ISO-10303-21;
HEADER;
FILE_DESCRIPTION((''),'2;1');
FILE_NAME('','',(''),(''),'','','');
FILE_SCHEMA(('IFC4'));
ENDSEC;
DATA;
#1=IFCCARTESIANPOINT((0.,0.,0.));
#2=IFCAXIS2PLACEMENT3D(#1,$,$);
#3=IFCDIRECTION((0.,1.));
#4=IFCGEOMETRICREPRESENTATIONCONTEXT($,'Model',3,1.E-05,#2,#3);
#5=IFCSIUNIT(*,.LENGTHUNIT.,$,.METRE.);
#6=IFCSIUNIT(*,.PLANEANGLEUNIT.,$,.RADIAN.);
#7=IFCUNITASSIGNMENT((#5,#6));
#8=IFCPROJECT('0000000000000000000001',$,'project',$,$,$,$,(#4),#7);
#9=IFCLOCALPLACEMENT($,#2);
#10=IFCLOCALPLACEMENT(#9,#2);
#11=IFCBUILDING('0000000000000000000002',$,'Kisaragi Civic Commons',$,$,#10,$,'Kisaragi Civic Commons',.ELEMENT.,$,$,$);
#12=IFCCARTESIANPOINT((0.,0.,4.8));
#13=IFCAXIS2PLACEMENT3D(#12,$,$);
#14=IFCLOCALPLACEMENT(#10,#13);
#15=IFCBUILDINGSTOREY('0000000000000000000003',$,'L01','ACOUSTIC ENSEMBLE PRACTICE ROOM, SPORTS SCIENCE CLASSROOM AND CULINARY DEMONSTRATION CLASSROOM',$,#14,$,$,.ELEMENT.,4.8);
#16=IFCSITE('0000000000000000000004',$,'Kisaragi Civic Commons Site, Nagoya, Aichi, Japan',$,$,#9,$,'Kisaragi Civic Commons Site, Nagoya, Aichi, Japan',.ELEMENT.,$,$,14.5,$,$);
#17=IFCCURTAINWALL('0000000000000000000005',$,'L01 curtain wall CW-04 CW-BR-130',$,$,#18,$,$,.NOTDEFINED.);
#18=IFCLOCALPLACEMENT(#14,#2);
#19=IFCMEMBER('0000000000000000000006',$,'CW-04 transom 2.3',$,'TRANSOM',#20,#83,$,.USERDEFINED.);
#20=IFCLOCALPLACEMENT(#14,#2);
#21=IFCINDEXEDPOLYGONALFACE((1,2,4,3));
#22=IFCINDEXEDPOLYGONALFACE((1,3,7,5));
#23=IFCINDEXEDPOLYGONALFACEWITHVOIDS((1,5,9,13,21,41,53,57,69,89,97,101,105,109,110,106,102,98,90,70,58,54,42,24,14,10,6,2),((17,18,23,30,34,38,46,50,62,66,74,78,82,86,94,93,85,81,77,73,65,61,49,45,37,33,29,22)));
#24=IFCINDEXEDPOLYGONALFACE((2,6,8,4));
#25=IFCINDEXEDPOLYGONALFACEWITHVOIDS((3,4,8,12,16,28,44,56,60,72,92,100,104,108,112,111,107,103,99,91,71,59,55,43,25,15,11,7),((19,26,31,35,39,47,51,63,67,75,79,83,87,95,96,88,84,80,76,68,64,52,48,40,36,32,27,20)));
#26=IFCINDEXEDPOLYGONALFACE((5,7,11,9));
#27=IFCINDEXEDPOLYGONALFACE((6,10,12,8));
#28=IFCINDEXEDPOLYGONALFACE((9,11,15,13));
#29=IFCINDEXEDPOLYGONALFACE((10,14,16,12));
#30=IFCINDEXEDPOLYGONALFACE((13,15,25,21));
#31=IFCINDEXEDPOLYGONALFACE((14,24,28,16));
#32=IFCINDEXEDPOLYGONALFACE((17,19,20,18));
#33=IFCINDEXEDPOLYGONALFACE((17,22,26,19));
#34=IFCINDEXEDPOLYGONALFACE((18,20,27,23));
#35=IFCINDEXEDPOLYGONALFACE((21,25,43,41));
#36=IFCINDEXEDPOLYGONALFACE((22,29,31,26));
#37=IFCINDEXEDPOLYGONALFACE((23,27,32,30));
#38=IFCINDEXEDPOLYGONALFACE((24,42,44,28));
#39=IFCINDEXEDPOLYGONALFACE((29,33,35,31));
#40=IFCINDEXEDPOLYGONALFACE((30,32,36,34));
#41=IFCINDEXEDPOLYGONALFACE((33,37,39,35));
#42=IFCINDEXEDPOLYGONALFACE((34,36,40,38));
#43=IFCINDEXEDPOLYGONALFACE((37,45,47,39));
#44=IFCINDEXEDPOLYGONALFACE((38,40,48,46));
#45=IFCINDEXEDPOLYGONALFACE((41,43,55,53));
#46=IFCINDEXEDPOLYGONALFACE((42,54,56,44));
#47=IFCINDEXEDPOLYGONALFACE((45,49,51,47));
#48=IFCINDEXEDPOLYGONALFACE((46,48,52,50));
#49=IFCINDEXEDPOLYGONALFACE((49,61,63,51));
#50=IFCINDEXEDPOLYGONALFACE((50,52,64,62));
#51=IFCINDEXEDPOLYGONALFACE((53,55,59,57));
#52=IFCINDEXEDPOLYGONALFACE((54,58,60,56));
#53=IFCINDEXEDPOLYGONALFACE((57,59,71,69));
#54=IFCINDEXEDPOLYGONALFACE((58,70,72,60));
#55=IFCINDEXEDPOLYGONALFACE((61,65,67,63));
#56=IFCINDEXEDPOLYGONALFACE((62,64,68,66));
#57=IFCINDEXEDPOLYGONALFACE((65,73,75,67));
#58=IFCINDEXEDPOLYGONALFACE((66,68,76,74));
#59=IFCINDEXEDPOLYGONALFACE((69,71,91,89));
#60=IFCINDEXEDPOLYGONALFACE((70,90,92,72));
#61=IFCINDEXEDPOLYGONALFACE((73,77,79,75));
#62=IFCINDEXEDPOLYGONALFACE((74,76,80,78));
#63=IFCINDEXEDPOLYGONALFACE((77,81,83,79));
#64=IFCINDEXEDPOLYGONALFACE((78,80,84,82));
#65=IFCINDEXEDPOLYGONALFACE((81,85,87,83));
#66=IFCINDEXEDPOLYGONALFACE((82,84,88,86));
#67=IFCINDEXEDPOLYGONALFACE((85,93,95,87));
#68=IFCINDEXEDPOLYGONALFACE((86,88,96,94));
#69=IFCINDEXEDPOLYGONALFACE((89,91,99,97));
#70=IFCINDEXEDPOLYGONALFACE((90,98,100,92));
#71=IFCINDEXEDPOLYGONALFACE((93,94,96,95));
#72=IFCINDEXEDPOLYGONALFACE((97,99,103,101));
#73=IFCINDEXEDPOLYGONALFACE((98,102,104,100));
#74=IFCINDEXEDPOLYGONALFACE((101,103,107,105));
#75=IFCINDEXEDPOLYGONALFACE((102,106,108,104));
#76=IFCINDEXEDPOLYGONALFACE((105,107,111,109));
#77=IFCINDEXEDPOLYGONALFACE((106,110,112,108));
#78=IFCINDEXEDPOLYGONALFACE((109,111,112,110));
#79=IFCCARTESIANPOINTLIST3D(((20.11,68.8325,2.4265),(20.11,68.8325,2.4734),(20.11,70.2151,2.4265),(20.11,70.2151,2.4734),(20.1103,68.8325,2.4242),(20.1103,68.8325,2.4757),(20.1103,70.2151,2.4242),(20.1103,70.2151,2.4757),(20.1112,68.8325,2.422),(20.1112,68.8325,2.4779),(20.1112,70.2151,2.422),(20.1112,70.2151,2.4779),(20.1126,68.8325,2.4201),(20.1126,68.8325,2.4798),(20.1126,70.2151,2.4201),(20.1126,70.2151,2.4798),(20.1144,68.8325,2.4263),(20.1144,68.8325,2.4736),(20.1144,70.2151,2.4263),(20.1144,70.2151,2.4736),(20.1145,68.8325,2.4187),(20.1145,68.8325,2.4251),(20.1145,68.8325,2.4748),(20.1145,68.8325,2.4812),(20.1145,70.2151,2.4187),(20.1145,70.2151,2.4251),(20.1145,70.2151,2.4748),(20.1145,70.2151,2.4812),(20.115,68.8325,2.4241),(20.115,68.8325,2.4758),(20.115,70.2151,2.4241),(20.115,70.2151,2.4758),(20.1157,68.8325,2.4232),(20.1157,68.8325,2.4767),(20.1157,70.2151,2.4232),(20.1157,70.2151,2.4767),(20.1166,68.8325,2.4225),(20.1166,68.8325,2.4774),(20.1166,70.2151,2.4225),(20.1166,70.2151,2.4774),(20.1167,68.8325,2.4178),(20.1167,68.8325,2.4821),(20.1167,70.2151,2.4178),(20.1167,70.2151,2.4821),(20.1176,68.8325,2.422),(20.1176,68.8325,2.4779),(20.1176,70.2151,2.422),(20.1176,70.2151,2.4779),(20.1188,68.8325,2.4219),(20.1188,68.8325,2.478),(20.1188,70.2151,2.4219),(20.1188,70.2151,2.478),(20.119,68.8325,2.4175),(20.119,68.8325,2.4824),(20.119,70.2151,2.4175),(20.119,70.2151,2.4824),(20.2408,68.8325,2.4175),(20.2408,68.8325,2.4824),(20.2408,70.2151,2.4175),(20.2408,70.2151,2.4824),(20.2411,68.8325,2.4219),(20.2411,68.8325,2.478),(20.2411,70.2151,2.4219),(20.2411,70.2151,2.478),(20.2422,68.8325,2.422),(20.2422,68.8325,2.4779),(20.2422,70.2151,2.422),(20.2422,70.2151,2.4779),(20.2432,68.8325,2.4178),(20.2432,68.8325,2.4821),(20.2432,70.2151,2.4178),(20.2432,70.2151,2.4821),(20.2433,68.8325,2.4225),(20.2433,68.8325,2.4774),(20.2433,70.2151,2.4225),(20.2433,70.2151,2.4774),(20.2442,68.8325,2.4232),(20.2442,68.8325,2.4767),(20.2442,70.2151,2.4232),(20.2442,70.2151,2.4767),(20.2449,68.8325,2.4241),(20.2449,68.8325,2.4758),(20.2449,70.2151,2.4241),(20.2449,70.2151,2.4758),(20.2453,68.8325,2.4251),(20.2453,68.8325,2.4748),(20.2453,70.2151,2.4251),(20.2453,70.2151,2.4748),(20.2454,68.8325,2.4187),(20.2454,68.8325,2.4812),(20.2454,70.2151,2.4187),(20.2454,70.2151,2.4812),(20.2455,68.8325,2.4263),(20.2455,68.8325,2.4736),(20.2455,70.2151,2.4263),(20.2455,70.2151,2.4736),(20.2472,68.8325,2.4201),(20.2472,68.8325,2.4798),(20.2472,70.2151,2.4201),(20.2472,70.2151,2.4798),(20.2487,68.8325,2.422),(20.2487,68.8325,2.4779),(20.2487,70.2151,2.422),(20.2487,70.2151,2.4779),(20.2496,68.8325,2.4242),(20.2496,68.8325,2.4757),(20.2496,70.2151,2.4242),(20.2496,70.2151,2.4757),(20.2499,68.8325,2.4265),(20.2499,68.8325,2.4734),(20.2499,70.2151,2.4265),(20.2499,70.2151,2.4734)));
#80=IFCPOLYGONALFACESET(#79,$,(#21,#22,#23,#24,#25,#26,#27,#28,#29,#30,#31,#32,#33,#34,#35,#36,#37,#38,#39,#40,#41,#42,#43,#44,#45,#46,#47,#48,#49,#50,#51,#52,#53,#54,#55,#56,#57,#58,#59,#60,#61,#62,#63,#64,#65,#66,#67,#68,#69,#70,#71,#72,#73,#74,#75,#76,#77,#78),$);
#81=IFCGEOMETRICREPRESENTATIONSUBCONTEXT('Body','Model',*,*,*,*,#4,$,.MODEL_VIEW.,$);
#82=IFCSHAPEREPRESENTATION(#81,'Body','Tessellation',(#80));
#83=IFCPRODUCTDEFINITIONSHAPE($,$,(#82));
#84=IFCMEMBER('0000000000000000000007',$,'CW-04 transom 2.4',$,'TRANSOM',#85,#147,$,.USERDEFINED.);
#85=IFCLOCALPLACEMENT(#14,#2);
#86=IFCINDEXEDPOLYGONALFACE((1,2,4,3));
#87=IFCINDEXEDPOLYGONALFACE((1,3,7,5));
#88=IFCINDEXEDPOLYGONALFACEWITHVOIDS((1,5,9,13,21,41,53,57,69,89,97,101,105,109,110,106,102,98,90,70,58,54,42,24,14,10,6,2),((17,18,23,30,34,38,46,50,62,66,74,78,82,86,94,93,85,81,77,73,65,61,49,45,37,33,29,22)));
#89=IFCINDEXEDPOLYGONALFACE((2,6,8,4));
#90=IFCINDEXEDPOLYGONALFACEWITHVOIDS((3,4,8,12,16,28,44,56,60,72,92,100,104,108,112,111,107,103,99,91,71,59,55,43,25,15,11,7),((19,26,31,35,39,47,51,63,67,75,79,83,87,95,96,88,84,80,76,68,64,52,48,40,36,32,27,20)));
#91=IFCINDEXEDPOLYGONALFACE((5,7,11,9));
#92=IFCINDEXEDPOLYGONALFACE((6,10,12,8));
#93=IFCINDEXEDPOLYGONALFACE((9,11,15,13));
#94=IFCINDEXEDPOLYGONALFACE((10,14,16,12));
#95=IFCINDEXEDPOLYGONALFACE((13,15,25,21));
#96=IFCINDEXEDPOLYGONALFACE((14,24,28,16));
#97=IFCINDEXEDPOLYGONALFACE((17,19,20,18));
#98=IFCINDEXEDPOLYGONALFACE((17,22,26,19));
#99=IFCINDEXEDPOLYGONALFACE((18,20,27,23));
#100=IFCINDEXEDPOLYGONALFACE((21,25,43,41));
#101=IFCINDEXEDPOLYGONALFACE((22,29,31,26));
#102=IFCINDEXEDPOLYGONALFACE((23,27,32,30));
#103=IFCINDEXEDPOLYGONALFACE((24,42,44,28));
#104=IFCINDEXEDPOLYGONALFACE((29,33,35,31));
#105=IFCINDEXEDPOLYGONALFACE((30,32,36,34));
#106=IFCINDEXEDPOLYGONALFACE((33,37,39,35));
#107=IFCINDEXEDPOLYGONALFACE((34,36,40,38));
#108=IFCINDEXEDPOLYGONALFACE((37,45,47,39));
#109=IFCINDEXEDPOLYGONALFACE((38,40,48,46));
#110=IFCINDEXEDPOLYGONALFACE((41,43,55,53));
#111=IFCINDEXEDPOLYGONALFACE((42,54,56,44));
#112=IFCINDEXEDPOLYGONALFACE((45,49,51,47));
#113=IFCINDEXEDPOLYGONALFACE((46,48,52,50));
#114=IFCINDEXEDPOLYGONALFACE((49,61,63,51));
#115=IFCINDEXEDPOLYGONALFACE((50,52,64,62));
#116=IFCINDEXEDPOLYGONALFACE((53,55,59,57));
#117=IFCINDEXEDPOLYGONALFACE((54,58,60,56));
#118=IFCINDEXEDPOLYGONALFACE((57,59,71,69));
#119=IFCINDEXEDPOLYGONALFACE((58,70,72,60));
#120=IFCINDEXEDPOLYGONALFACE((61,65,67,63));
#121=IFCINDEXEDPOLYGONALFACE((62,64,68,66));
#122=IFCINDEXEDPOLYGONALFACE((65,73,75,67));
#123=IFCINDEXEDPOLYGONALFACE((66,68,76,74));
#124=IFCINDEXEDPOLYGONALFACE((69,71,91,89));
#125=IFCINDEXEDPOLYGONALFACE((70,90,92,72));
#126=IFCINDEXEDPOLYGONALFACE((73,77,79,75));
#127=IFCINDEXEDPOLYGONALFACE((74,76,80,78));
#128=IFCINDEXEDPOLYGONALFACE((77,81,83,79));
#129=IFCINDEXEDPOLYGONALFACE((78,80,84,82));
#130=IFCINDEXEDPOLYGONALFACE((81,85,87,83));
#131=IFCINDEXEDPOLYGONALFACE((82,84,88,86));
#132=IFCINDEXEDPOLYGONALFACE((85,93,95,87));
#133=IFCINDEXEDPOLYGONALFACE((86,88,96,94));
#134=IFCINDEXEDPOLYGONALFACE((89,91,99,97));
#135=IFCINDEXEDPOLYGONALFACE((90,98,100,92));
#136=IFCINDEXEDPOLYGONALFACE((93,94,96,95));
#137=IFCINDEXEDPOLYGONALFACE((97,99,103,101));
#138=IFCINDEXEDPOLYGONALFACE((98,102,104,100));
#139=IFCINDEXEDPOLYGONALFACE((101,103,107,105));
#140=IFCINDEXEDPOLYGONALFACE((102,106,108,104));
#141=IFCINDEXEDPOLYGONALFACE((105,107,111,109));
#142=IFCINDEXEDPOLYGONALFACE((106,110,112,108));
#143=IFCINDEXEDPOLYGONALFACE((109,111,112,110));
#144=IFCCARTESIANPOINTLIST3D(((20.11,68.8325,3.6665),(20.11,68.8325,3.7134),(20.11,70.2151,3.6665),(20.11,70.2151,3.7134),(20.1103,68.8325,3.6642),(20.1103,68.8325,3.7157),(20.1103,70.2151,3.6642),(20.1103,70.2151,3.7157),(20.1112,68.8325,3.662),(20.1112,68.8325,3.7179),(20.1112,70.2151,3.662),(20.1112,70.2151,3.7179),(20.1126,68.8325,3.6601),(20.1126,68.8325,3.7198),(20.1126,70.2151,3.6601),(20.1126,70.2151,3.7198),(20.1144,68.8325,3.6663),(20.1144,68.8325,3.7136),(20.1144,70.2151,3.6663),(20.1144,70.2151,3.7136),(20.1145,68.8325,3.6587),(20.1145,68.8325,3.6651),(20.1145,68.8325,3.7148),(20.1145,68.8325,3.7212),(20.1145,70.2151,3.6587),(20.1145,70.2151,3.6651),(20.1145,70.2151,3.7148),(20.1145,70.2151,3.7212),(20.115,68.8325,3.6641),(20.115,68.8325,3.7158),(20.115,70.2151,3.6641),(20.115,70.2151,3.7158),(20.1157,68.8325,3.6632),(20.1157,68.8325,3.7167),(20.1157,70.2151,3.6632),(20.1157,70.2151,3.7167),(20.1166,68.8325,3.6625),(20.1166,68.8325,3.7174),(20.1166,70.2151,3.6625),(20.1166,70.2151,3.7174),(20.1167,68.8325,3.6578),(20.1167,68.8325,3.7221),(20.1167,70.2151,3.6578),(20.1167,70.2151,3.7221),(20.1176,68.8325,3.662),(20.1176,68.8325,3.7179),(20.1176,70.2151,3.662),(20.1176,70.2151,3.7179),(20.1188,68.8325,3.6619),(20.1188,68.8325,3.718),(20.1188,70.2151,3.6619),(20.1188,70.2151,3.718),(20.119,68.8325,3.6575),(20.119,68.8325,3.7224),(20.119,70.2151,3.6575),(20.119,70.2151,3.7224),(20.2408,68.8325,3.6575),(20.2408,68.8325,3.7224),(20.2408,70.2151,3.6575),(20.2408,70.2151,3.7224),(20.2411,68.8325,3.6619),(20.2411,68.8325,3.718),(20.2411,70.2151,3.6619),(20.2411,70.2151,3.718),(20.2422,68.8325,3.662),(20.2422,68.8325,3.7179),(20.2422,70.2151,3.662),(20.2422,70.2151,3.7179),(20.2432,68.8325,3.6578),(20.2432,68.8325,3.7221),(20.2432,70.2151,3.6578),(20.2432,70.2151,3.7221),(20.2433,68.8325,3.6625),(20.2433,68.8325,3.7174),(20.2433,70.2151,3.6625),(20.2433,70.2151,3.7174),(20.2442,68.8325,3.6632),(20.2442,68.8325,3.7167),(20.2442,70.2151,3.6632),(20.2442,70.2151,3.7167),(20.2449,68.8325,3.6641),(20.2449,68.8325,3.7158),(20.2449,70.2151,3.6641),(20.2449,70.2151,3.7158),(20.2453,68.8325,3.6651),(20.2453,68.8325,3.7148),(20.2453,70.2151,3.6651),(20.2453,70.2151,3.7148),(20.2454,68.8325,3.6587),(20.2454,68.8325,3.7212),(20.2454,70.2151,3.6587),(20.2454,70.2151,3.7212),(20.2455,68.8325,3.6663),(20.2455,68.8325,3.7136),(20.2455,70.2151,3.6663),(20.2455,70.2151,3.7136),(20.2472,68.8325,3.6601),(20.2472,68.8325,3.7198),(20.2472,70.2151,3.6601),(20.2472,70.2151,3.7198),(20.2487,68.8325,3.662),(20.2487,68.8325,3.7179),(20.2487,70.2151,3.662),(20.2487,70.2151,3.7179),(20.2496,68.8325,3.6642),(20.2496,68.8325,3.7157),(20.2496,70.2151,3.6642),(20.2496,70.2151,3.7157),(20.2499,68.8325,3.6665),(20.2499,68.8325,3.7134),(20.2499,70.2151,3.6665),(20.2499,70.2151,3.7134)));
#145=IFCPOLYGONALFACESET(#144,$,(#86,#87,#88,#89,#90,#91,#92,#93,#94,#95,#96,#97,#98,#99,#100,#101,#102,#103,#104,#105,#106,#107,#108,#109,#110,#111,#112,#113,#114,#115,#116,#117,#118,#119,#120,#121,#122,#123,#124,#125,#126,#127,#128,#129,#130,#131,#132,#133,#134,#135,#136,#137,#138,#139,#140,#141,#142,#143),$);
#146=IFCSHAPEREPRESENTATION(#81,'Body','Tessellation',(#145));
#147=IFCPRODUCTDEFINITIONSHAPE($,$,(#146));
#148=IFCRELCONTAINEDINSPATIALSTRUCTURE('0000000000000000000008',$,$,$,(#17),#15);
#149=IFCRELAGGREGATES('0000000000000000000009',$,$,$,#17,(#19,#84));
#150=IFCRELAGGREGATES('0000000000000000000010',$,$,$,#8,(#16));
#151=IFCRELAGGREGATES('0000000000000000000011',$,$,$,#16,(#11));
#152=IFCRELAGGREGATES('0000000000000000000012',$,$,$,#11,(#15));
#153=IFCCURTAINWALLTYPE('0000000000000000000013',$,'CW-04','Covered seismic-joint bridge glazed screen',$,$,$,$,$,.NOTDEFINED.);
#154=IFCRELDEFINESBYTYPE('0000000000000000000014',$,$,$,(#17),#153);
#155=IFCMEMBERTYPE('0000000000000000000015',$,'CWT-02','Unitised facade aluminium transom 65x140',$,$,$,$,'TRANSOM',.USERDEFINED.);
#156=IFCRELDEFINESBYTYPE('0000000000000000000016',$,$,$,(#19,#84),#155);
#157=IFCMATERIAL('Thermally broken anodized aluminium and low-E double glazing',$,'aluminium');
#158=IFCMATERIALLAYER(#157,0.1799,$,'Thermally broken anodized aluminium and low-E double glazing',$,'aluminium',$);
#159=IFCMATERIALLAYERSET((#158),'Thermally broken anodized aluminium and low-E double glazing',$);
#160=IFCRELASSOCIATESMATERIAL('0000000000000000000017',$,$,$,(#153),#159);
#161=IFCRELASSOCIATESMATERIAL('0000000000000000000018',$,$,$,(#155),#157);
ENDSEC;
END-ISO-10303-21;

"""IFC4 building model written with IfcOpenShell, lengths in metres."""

from ifc_helpers import new_model, si_unit, direction, frame, origin, origin_2d, place, context, subcontext, project, spatial, hollow_rectangle, extrude, material, layer, layer_set, material_profile, profile_set, type_object, element, aggregate, save


model = new_model("IFC4")

# Units and contexts
model_context = context("Model", 3, precision=1e-05, world=origin(), true_north=direction((0.0, 1.0)))
body_context = subcontext(model_context, "Body", "Model", "MODEL_VIEW")
ifc_project = project(units=[si_unit("LENGTHUNIT", "METRE"), si_unit("PLANEANGLEUNIT", "RADIAN")], contexts=[model_context])

# Site, building, storey
site_placement = place(None, origin())
site = spatial("IfcSite", under=ifc_project, at=site_placement, Name="Kisaragi Civic Commons Site, Nagoya, Aichi, Japan", LongName="Kisaragi Civic Commons Site, Nagoya, Aichi, Japan", CompositionType="ELEMENT", RefElevation=14.5)
building_placement = place(site_placement, origin())
building = spatial("IfcBuilding", under=site, at=building_placement, Name="Kisaragi Civic Commons", LongName="Kisaragi Civic Commons", CompositionType="ELEMENT")
storey_placement = place(building_placement, frame((0.0, 0.0, 4.8)))
storey = spatial("IfcBuildingStorey", under=building, at=storey_placement, Name="L01", Description="ACOUSTIC ENSEMBLE PRACTICE ROOM, SPORTS SCIENCE CLASSROOM AND CULINARY DEMONSTRATION CLASSROOM", CompositionType="ELEMENT", Elevation=4.8)

# Curtain wall
ifc_material_1 = material(Name="Thermally broken anodized aluminium and low-E double glazing", Category="aluminium")
ifc_layer_1 = layer(ifc_material_1, 0.1799, Name="Thermally broken anodized aluminium and low-E double glazing", Category="aluminium")
ifc_layer_set_1 = layer_set([ifc_layer_1], Name="Thermally broken anodized aluminium and low-E double glazing")
curtain_wall_type = type_object("IfcCurtainWallType", Name="CW-04", Description="Covered seismic-joint bridge glazed screen", PredefinedType="NOTDEFINED", material=ifc_layer_set_1)
curtain_wall_1_placement = place(storey_placement, origin())
curtain_wall_1 = element("IfcCurtainWall", 1, at=curtain_wall_1_placement, inside=storey, type_object=curtain_wall_type, Name="L01 curtain wall CW-04 CW-BR-130", PredefinedType="NOTDEFINED")

# Shared definitions
ifc_material_profile_1 = material_profile(ifc_material_1, hollow_rectangle(XDim=0.1399, YDim=0.0649, WallThickness=0.0044, InnerFilletRadius=0.0044, OuterFilletRadius=0.009, at=origin_2d()), Name="CWT-65x140x4.5", Category="aluminium")
ifc_profile_set_1 = profile_set([ifc_material_profile_1], Name="Thermally broken anodized aluminium and low-E double glazing")
member_type_1 = type_object("IfcMemberType", Name="CWT-02", Description="Unitised facade aluminium transom 65x140", ElementType="TRANSOM", PredefinedType="USERDEFINED", material=ifc_profile_set_1)

# Members
member_1_placement = place(storey_placement, frame((20.1799, 68.8325, 2.45), z_axis=(0.0, 1.0, 0.0), x_axis=(-1.0, 0.0, 0.0)))
member_1 = element("IfcMember", 2, at=member_1_placement, type_object=member_type_1, Name="CW-04 transom 2.3", ObjectType="TRANSOM", PredefinedType="USERDEFINED", context=body_context, shape_type="SweptSolid", body=[
    extrude(hollow_rectangle(XDim=0.1399, YDim=0.0649, WallThickness=0.0044, InnerFilletRadius=0.0044, OuterFilletRadius=0.009, at=origin_2d()), origin(), (0.0, 0.0, 1.0), 1.3826),
])
member_2_placement = place(storey_placement, frame((20.1799, 68.8325, 3.6899), z_axis=(0.0, 1.0, 0.0), x_axis=(-1.0, 0.0, 0.0)))
member_2 = element("IfcMember", 3, at=member_2_placement, type_object=member_type_1, Name="CW-04 transom 2.4", ObjectType="TRANSOM", PredefinedType="USERDEFINED", context=body_context, shape_type="SweptSolid", body=[
    extrude(hollow_rectangle(XDim=0.1399, YDim=0.0649, WallThickness=0.0044, InnerFilletRadius=0.0044, OuterFilletRadius=0.009, at=origin_2d()), origin(), (0.0, 0.0, 1.0), 1.3826),
])

aggregate(curtain_wall_1, [member_1, member_2])

save(model, "model.ifc")
